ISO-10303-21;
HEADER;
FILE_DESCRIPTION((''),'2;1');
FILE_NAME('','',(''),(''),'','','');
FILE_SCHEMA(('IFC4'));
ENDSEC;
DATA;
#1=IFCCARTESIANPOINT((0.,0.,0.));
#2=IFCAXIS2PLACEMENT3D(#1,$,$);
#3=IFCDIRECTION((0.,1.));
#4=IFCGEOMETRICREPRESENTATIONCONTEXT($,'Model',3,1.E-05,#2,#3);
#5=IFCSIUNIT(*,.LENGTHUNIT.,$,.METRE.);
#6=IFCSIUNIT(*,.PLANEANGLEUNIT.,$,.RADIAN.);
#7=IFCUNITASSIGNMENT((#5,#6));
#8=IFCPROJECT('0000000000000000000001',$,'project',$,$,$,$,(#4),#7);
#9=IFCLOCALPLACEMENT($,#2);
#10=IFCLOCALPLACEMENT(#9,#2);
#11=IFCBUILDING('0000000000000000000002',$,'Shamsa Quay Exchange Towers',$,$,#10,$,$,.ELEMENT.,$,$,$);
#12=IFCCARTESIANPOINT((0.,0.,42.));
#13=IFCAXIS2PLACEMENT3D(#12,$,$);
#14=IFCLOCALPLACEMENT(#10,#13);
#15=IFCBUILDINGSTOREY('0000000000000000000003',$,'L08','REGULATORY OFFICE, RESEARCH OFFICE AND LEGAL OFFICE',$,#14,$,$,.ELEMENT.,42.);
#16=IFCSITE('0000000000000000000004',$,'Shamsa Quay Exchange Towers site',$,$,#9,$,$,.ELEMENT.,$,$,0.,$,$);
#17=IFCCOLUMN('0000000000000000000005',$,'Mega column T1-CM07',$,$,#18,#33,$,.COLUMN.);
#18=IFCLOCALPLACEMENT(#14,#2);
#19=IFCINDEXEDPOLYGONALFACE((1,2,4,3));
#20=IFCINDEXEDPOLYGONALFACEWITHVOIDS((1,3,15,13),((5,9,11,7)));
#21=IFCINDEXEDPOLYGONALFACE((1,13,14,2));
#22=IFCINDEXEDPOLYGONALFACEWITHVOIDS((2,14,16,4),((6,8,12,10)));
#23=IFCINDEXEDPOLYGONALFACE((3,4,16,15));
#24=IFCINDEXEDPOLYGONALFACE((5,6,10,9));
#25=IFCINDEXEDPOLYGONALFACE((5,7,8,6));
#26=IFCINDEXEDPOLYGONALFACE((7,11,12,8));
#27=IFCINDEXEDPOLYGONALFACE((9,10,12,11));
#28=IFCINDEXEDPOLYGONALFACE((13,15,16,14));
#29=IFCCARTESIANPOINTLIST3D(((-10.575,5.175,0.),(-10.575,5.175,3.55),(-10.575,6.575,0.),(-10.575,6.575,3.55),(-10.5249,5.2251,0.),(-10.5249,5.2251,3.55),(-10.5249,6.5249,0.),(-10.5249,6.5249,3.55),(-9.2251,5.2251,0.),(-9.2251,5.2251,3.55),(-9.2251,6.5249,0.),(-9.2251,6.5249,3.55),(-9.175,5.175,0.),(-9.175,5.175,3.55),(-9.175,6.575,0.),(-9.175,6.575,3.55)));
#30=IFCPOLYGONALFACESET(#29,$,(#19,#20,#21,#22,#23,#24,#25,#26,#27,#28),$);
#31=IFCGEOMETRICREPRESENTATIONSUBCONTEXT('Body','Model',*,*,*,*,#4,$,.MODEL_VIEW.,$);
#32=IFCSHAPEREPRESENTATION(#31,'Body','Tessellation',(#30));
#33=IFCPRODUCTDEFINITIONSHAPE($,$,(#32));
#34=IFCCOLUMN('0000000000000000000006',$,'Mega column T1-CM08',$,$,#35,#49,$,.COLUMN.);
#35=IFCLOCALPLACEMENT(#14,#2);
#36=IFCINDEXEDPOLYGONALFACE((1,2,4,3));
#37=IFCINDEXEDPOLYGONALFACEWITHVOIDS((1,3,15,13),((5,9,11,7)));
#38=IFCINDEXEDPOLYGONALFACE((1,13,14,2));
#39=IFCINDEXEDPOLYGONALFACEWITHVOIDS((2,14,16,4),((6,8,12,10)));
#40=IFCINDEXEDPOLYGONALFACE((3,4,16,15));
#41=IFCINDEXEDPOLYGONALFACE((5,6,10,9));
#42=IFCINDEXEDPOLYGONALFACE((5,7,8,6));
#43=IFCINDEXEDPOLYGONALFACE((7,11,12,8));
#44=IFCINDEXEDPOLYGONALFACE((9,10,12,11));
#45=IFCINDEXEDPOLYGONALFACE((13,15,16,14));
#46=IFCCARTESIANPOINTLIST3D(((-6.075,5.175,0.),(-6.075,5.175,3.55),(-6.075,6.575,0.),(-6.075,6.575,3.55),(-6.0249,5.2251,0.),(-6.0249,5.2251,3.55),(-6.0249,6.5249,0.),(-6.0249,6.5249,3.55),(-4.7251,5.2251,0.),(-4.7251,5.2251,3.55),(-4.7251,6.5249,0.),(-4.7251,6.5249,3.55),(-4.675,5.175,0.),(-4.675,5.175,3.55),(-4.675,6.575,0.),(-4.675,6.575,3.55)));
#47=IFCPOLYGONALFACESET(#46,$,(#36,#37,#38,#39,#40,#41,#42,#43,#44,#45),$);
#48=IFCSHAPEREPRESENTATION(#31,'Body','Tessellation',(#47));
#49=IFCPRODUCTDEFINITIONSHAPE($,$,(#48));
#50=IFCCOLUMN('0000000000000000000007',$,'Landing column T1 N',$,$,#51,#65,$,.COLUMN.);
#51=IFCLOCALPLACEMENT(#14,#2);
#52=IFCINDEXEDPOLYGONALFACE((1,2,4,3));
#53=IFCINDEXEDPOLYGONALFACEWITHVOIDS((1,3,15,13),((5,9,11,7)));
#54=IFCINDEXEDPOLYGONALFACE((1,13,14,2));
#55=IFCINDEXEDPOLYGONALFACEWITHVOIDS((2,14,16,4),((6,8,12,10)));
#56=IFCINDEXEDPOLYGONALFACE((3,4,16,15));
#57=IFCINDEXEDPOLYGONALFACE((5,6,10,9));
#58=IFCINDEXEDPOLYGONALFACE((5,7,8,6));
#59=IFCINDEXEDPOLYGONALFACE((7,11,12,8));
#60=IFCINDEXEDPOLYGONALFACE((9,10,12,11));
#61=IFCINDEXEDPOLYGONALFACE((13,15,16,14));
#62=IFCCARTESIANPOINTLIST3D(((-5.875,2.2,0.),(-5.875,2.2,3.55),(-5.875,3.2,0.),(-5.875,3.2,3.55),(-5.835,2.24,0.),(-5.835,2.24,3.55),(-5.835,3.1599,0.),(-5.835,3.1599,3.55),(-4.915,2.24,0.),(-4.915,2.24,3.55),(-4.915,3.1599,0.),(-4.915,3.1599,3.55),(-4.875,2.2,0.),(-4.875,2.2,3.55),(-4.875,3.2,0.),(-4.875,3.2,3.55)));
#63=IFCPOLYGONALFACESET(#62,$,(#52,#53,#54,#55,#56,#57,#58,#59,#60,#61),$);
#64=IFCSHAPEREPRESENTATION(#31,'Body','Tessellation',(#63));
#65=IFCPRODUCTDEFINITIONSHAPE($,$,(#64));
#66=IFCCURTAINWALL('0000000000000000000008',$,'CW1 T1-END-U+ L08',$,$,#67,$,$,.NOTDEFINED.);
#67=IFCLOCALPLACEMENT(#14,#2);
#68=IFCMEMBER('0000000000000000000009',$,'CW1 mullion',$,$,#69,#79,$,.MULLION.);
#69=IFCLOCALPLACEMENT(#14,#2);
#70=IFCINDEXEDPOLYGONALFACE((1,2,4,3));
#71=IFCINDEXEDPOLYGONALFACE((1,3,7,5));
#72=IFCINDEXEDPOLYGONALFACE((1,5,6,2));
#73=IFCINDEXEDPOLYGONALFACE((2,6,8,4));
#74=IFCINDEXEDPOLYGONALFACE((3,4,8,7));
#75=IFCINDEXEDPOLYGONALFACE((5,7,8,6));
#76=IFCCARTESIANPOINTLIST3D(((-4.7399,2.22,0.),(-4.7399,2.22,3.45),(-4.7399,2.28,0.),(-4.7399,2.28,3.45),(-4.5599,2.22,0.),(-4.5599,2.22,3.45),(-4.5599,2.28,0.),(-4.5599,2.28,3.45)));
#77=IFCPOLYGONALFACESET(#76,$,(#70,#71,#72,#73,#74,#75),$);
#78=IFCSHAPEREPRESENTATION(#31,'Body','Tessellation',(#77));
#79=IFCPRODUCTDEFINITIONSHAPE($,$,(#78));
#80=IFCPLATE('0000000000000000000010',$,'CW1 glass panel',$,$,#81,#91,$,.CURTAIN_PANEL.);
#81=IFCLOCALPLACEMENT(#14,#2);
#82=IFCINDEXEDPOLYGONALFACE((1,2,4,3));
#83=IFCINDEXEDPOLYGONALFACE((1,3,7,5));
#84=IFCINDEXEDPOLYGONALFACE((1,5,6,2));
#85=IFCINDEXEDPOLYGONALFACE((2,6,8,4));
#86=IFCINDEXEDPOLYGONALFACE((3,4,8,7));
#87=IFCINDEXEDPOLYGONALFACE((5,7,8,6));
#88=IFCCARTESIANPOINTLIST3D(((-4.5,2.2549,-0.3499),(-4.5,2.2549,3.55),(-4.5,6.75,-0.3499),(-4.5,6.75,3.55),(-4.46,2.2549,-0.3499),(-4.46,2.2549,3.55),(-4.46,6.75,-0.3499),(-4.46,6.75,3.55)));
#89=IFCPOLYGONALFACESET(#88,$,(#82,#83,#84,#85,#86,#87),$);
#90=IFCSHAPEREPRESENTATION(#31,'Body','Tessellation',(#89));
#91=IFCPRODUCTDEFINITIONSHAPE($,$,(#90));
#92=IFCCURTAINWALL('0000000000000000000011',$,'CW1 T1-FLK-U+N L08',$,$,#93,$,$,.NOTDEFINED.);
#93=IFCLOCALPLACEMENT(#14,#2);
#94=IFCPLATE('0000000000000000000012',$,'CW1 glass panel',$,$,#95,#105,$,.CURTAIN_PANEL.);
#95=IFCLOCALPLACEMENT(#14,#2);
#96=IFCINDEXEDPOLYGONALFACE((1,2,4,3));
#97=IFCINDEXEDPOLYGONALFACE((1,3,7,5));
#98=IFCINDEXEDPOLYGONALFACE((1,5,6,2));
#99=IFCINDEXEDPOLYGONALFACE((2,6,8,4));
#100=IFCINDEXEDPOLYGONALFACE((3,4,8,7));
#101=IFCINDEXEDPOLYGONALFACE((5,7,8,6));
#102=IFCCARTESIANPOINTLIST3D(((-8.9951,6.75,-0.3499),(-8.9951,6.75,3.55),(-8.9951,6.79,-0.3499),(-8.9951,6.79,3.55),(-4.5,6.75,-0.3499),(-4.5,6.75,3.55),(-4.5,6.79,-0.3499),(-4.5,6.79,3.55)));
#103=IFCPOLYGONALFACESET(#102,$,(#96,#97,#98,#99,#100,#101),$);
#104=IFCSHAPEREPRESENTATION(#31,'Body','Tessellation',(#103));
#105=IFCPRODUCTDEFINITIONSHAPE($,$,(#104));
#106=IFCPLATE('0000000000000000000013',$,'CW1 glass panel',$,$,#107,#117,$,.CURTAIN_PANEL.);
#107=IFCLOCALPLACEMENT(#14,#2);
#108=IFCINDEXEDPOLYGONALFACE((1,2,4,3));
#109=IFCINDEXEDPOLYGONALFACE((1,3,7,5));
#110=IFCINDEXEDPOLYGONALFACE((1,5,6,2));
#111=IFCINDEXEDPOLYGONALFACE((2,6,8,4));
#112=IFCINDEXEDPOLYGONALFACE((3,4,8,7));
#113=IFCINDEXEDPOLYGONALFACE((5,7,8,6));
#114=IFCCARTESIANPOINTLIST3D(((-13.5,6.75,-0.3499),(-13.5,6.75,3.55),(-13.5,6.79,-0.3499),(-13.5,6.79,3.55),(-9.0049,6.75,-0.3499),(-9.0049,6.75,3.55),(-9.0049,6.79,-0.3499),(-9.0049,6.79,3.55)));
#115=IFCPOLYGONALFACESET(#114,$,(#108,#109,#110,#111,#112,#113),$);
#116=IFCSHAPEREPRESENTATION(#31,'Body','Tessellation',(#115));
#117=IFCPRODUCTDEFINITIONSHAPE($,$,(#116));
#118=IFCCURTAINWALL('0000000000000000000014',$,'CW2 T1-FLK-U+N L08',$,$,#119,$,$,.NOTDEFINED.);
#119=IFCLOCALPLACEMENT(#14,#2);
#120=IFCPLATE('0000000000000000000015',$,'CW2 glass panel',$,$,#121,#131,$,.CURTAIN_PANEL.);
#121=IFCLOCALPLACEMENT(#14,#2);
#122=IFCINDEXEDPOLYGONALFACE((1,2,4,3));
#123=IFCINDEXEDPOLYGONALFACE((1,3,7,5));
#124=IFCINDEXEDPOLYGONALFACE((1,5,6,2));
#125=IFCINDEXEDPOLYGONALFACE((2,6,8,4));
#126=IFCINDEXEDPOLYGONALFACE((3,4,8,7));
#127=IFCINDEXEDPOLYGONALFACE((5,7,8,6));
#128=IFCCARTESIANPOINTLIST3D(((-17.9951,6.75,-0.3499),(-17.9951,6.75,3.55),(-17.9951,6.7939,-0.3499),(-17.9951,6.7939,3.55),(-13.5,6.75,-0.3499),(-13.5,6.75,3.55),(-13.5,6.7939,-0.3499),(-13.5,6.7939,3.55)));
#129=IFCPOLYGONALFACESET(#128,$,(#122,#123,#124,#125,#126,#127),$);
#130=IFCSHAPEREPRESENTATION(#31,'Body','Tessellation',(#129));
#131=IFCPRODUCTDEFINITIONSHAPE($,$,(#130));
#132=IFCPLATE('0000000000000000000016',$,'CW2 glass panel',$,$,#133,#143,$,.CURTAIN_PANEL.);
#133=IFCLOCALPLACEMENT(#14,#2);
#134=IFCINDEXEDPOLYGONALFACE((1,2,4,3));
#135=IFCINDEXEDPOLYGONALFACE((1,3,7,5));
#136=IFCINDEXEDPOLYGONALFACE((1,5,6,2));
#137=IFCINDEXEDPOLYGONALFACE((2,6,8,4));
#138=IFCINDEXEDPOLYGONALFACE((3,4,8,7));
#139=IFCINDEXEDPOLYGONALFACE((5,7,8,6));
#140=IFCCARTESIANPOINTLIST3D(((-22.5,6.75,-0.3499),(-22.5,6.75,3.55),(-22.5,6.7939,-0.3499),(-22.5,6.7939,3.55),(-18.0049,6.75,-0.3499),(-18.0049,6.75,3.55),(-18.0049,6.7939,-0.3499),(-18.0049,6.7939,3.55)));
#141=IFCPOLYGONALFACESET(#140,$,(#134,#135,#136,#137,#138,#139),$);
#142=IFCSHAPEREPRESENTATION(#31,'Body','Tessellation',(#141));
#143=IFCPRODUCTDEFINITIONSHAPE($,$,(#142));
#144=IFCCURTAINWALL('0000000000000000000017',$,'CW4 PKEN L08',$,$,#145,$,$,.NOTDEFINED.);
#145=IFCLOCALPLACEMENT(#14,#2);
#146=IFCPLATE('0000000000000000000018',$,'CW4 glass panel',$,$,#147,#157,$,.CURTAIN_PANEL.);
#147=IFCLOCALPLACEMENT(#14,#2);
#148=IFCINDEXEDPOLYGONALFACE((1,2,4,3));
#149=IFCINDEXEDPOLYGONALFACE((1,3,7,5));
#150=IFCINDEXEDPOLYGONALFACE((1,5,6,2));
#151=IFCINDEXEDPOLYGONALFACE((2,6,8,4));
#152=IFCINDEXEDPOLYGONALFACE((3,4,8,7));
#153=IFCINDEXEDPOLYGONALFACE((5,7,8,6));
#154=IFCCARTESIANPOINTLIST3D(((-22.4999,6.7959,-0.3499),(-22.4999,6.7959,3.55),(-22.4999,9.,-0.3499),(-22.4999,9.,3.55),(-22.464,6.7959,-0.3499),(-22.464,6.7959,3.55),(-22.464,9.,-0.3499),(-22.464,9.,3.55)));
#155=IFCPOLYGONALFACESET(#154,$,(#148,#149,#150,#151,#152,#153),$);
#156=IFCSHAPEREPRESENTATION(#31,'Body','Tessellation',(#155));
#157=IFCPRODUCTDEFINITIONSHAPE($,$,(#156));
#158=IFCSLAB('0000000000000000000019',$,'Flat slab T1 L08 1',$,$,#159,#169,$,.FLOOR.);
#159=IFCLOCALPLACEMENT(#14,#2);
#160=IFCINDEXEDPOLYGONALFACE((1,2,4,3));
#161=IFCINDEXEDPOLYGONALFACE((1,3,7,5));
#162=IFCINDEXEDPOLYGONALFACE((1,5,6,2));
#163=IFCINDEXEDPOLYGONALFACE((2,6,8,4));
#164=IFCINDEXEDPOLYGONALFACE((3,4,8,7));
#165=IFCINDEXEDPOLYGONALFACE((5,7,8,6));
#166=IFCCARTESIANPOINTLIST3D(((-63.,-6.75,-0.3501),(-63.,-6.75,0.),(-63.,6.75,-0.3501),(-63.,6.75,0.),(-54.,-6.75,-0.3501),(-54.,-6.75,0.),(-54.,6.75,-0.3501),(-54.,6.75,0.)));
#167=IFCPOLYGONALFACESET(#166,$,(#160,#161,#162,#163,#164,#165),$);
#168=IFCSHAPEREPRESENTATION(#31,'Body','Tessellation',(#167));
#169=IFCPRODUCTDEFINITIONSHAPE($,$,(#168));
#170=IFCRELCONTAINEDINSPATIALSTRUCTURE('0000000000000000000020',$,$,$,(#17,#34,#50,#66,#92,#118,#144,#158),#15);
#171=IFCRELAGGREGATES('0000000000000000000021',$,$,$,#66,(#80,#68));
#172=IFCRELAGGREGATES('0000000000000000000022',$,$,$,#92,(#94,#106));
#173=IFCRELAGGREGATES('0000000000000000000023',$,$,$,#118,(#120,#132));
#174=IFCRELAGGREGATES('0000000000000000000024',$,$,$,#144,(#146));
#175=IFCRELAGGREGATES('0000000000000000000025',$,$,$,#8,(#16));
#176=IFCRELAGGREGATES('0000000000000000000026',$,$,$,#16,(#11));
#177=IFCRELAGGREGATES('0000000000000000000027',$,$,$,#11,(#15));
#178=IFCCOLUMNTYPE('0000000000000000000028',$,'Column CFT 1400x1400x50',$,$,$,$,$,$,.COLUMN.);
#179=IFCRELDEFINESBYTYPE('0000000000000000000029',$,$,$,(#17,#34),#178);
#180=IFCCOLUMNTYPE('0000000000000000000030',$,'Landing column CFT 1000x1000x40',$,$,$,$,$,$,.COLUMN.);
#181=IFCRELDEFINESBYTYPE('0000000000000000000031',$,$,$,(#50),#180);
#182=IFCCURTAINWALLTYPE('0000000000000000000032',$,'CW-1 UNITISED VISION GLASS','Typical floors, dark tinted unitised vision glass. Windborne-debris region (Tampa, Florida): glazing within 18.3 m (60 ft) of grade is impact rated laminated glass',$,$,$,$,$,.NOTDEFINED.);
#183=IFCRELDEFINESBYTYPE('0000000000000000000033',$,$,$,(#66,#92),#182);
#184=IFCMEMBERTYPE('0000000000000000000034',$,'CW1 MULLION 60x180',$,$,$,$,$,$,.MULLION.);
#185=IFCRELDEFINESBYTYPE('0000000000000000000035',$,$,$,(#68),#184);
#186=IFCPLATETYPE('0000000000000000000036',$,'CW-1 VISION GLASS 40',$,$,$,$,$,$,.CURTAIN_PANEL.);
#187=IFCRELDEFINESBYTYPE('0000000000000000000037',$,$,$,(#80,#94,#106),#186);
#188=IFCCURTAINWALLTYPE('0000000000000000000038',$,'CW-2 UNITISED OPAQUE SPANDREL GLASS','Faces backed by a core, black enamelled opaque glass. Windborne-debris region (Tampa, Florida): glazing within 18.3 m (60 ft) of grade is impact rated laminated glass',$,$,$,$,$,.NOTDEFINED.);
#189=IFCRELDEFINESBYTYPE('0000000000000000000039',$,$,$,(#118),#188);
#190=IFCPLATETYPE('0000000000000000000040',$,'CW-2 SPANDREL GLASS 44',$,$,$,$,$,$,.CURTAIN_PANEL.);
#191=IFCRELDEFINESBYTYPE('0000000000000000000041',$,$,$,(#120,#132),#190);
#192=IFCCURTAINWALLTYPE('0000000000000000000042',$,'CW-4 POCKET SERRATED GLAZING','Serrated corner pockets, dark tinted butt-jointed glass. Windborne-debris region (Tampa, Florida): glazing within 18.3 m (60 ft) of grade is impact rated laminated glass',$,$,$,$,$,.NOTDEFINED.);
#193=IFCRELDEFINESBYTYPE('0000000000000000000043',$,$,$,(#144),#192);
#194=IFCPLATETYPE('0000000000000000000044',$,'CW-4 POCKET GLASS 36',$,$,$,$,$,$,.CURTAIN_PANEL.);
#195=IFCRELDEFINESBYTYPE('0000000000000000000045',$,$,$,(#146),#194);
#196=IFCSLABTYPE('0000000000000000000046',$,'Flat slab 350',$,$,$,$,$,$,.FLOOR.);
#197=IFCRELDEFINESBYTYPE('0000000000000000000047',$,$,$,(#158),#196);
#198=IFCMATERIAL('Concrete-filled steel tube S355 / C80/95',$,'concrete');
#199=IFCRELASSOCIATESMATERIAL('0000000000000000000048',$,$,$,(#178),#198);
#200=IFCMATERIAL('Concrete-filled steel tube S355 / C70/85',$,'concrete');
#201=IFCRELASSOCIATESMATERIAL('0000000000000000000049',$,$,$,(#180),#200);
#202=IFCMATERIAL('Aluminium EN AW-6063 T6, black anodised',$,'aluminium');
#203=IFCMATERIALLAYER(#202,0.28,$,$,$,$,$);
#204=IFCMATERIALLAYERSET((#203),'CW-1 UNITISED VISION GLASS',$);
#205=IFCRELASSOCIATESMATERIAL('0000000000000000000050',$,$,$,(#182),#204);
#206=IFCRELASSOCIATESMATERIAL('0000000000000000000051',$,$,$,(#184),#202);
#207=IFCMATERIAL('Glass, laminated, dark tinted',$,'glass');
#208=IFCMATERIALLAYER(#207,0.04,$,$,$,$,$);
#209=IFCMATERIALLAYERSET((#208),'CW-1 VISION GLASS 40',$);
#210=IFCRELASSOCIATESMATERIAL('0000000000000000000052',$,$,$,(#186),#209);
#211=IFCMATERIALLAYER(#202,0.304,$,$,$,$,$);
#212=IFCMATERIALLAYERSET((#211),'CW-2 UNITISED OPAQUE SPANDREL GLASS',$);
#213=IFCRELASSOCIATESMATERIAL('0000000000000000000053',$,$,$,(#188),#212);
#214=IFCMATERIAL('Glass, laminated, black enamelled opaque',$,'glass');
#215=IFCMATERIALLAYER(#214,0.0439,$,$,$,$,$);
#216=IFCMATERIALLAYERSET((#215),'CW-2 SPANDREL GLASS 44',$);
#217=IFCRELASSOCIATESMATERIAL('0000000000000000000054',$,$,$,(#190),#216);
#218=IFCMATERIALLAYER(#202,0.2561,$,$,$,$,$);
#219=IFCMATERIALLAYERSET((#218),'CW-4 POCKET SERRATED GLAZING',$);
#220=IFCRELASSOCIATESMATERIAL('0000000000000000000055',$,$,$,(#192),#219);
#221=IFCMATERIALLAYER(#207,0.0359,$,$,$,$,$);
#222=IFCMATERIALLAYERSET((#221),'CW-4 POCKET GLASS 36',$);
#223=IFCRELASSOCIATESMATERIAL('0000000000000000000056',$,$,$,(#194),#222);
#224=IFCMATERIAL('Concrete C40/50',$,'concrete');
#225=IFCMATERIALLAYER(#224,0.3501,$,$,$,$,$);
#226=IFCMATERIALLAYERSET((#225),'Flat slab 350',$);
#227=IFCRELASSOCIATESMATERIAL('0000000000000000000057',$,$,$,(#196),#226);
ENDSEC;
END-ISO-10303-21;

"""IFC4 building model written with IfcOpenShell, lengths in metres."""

from ifc_helpers import new_model, si_unit, direction, frame, origin, origin_2d, place, context, subcontext, project, spatial, polyline, rectangle, hollow_rectangle, outline, extrude, material, layer, layer_set, material_profile, profile_set, type_object, element, aggregate, save


model = new_model("IFC4")

# Units and contexts
model_context = context("Model", 3, precision=1e-05, world=origin(), true_north=direction((0.0, 1.0)))
body_context = subcontext(model_context, "Body", "Model", "MODEL_VIEW")
ifc_project = project(units=[si_unit("LENGTHUNIT", "METRE"), si_unit("PLANEANGLEUNIT", "RADIAN")], contexts=[model_context])

# Site, building, storey
site_placement = place(None, origin())
site = spatial("IfcSite", under=ifc_project, at=site_placement, Name="Shamsa Quay Exchange Towers site", CompositionType="ELEMENT", RefElevation=0.0)
building_placement = place(site_placement, origin())
building = spatial("IfcBuilding", under=site, at=building_placement, Name="Shamsa Quay Exchange Towers", CompositionType="ELEMENT")
storey_placement = place(building_placement, frame((0.0, 0.0, 42.0)))
storey = spatial("IfcBuildingStorey", under=building, at=storey_placement, Name="L08", Description="REGULATORY OFFICE, RESEARCH OFFICE AND LEGAL OFFICE", CompositionType="ELEMENT", Elevation=42.0)

# Columns
ifc_material_1 = material(Name="Concrete-filled steel tube S355 / C80/95", Category="concrete")
ifc_material_profile_1 = material_profile(ifc_material_1, hollow_rectangle(XDim=1.3999, YDim=1.3999, WallThickness=0.05, at=origin_2d()), Name="CFT 1400x1400x50")
ifc_profile_set_1 = profile_set([ifc_material_profile_1], Name="Concrete-filled steel tube S355 / C80/95")
column_type_1 = type_object("IfcColumnType", Name="Column CFT 1400x1400x50", PredefinedType="COLUMN", material=ifc_profile_set_1)
for number, where, name in (
    (1, (-9.875, 5.875, 0.0), "Mega column T1-CM07"),
    (2, (-5.375, 5.875, 0.0), "Mega column T1-CM08"),
):
    element("IfcColumn", number, at=place(storey_placement, frame(where)), inside=storey, type_object=column_type_1, Name=name, PredefinedType="COLUMN", context=body_context, shape_type="SweptSolid", body=[
        extrude(hollow_rectangle(XDim=1.3999, YDim=1.3999, WallThickness=0.05, at=origin_2d()), origin(), (0.0, 0.0, 1.0), 3.55),
    ])
ifc_material_2 = material(Name="Concrete-filled steel tube S355 / C70/85", Category="concrete")
ifc_material_profile_2 = material_profile(ifc_material_2, hollow_rectangle(XDim=1.0, YDim=1.0, WallThickness=0.04, at=origin_2d()), Name="CFT 1000x1000x40")
ifc_profile_set_2 = profile_set([ifc_material_profile_2], Name="Concrete-filled steel tube S355 / C70/85")
column_type_2 = type_object("IfcColumnType", Name="Landing column CFT 1000x1000x40", PredefinedType="COLUMN", material=ifc_profile_set_2)
column_placement = place(storey_placement, frame((-5.375, 2.7, 0.0)))
element("IfcColumn", 3, at=column_placement, inside=storey, type_object=column_type_2, Name="Landing column T1 N", PredefinedType="COLUMN", context=body_context, shape_type="SweptSolid", body=[
    extrude(hollow_rectangle(XDim=1.0, YDim=1.0, WallThickness=0.04, at=origin_2d()), origin(), (0.0, 0.0, 1.0), 3.55),
])

# Curtain wall, member, plate
ifc_material_3 = material(Name="Aluminium EN AW-6063 T6, black anodised", Category="aluminium")
ifc_layer_1 = layer(ifc_material_3, 0.28)
ifc_layer_set_1 = layer_set([ifc_layer_1], Name="CW-1 UNITISED VISION GLASS")
curtain_wall_type_1 = type_object("IfcCurtainWallType", Name="CW-1 UNITISED VISION GLASS", Description="Typical floors, dark tinted unitised vision glass. Windborne-debris region (Tampa, Florida): glazing within 18.3 m (60 ft) of grade is impact rated laminated glass", PredefinedType="NOTDEFINED", material=ifc_layer_set_1)
curtain_wall_1_placement = place(storey_placement, origin())
curtain_wall_1 = element("IfcCurtainWall", 4, at=curtain_wall_1_placement, inside=storey, type_object=curtain_wall_type_1, Name="CW1 T1-END-U+ L08", PredefinedType="NOTDEFINED")
ifc_material_profile_3 = material_profile(ifc_material_3, rectangle(XDim=0.1799, YDim=0.0601, at=origin_2d()), Name="MU60x180")
ifc_profile_set_3 = profile_set([ifc_material_profile_3], Name="Aluminium EN AW-6063 T6, black anodised")
member_type = type_object("IfcMemberType", Name="CW1 MULLION 60x180", PredefinedType="MULLION", material=ifc_profile_set_3)
member_placement = place(storey_placement, frame((-4.6499, 2.25, 0.0), z_axis=(0.0, 0.0, 1.0), x_axis=(-1.0, 0.0, 0.0)))
member = element("IfcMember", 5, at=member_placement, type_object=member_type, Name="CW1 mullion", PredefinedType="MULLION", context=body_context, shape_type="SweptSolid", body=[
    extrude(rectangle(XDim=0.1799, YDim=0.0601, at=origin_2d()), origin(), (0.0, 0.0, 1.0), 3.45),
])
ifc_material_4 = material(Name="Glass, laminated, dark tinted", Category="glass")
ifc_layer_2 = layer(ifc_material_4, 0.04)
ifc_layer_set_2 = layer_set([ifc_layer_2], Name="CW-1 VISION GLASS 40")
plate_type_1 = type_object("IfcPlateType", Name="CW-1 VISION GLASS 40", PredefinedType="CURTAIN_PANEL", material=ifc_layer_set_2)
plate_1_placement = place(storey_placement, frame((-4.48, 4.5024, -0.3499), z_axis=(0.0, 0.0, 1.0), x_axis=(0.0, 1.0, 0.0)))
plate_1 = element("IfcPlate", 6, at=plate_1_placement, type_object=plate_type_1, Name="CW1 glass panel", PredefinedType="CURTAIN_PANEL", context=body_context, shape_type="SweptSolid", body=[
    extrude(rectangle(XDim=4.4951, YDim=0.04, at=origin_2d()), origin(), (0.0, 0.0, 1.0), 3.8999),
])
aggregate(curtain_wall_1, [plate_1, member])

# Curtain walls, plates
curtain_wall_2_placement = place(storey_placement, origin())
curtain_wall_2 = element("IfcCurtainWall", 7, at=curtain_wall_2_placement, inside=storey, type_object=curtain_wall_type_1, Name="CW1 T1-FLK-U+N L08", PredefinedType="NOTDEFINED")
plate_2_placement = place(storey_placement, frame((-6.7476, 6.77, -0.3499), z_axis=(0.0, 0.0, 1.0), x_axis=(-1.0, 0.0, 0.0)))
plate_2 = element("IfcPlate", 8, at=plate_2_placement, type_object=plate_type_1, Name="CW1 glass panel", PredefinedType="CURTAIN_PANEL", context=body_context, shape_type="SweptSolid", body=[
    extrude(rectangle(XDim=4.4951, YDim=0.04, at=origin_2d()), origin(), (0.0, 0.0, 1.0), 3.8999),
])
plate_3_placement = place(storey_placement, frame((-11.2524, 6.77, -0.3499), z_axis=(0.0, 0.0, 1.0), x_axis=(-1.0, 0.0, 0.0)))
plate_3 = element("IfcPlate", 9, at=plate_3_placement, type_object=plate_type_1, Name="CW1 glass panel", PredefinedType="CURTAIN_PANEL", context=body_context, shape_type="SweptSolid", body=[
    extrude(rectangle(XDim=4.4951, YDim=0.04, at=origin_2d()), origin(), (0.0, 0.0, 1.0), 3.8999),
])
aggregate(curtain_wall_2, [plate_2, plate_3])
ifc_layer_3 = layer(ifc_material_3, 0.304)
ifc_layer_set_3 = layer_set([ifc_layer_3], Name="CW-2 UNITISED OPAQUE SPANDREL GLASS")
curtain_wall_type_2 = type_object("IfcCurtainWallType", Name="CW-2 UNITISED OPAQUE SPANDREL GLASS", Description="Faces backed by a core, black enamelled opaque glass. Windborne-debris region (Tampa, Florida): glazing within 18.3 m (60 ft) of grade is impact rated laminated glass", PredefinedType="NOTDEFINED", material=ifc_layer_set_3)
curtain_wall_3_placement = place(storey_placement, origin())
curtain_wall_3 = element("IfcCurtainWall", 10, at=curtain_wall_3_placement, inside=storey, type_object=curtain_wall_type_2, Name="CW2 T1-FLK-U+N L08", PredefinedType="NOTDEFINED")
ifc_material_5 = material(Name="Glass, laminated, black enamelled opaque", Category="glass")
ifc_layer_4 = layer(ifc_material_5, 0.0439)
ifc_layer_set_4 = layer_set([ifc_layer_4], Name="CW-2 SPANDREL GLASS 44")
plate_type_2 = type_object("IfcPlateType", Name="CW-2 SPANDREL GLASS 44", PredefinedType="CURTAIN_PANEL", material=ifc_layer_set_4)
plate_4_placement = place(storey_placement, frame((-15.7476, 6.772, -0.3499), z_axis=(0.0, 0.0, 1.0), x_axis=(-1.0, 0.0, 0.0)))
plate_4 = element("IfcPlate", 11, at=plate_4_placement, type_object=plate_type_2, Name="CW2 glass panel", PredefinedType="CURTAIN_PANEL", context=body_context, shape_type="SweptSolid", body=[
    extrude(rectangle(XDim=4.4951, YDim=0.0439, at=origin_2d()), origin(), (0.0, 0.0, 1.0), 3.8999),
])
plate_5_placement = place(storey_placement, frame((-20.2524, 6.772, -0.3499), z_axis=(0.0, 0.0, 1.0), x_axis=(-1.0, 0.0, 0.0)))
plate_5 = element("IfcPlate", 12, at=plate_5_placement, type_object=plate_type_2, Name="CW2 glass panel", PredefinedType="CURTAIN_PANEL", context=body_context, shape_type="SweptSolid", body=[
    extrude(rectangle(XDim=4.4951, YDim=0.0439, at=origin_2d()), origin(), (0.0, 0.0, 1.0), 3.8999),
])
aggregate(curtain_wall_3, [plate_4, plate_5])

# Curtain wall, plate
ifc_layer_5 = layer(ifc_material_3, 0.2561)
ifc_layer_set_5 = layer_set([ifc_layer_5], Name="CW-4 POCKET SERRATED GLAZING")
curtain_wall_type_3 = type_object("IfcCurtainWallType", Name="CW-4 POCKET SERRATED GLAZING", Description="Serrated corner pockets, dark tinted butt-jointed glass. Windborne-debris region (Tampa, Florida): glazing within 18.3 m (60 ft) of grade is impact rated laminated glass", PredefinedType="NOTDEFINED", material=ifc_layer_set_5)
curtain_wall_4_placement = place(storey_placement, origin())
curtain_wall_4 = element("IfcCurtainWall", 13, at=curtain_wall_4_placement, inside=storey, type_object=curtain_wall_type_3, Name="CW4 PKEN L08", PredefinedType="NOTDEFINED")
ifc_layer_6 = layer(ifc_material_4, 0.0359)
ifc_layer_set_6 = layer_set([ifc_layer_6], Name="CW-4 POCKET GLASS 36")
plate_type_3 = type_object("IfcPlateType", Name="CW-4 POCKET GLASS 36", PredefinedType="CURTAIN_PANEL", material=ifc_layer_set_6)
plate_6_placement = place(storey_placement, frame((-22.4819, 7.8979, -0.3499), z_axis=(0.0, 0.0, 1.0), x_axis=(0.0, 1.0, 0.0)))
plate_6 = element("IfcPlate", 14, at=plate_6_placement, type_object=plate_type_3, Name="CW4 glass panel", PredefinedType="CURTAIN_PANEL", context=body_context, shape_type="SweptSolid", body=[
    extrude(rectangle(XDim=2.2041, YDim=0.0359, at=origin_2d()), origin(), (0.0, 0.0, 1.0), 3.8999),
])
aggregate(curtain_wall_4, [plate_6])

# Slab
ifc_material_6 = material(Name="Concrete C40/50", Category="concrete")
ifc_layer_7 = layer(ifc_material_6, 0.3501)
ifc_layer_set_7 = layer_set([ifc_layer_7], Name="Flat slab 350")
slab_type = type_object("IfcSlabType", Name="Flat slab 350", PredefinedType="FLOOR", material=ifc_layer_set_7)
slab_1_placement = place(storey_placement, frame((0.0, 0.0, -0.3501)))
element("IfcSlab", 15, at=slab_1_placement, inside=storey, type_object=slab_type, Name="Flat slab T1 L08 1", PredefinedType="FLOOR", context=body_context, shape_type="SweptSolid", body=[
    extrude(outline(polyline([(-63.0, -6.75), (-54.0, -6.75), (-54.0, 6.75), (-63.0, 6.75), (-63.0, -6.75)])), origin(), (0.0, 0.0, 1.0), 0.3501),
])

save(model, "model.ifc")
